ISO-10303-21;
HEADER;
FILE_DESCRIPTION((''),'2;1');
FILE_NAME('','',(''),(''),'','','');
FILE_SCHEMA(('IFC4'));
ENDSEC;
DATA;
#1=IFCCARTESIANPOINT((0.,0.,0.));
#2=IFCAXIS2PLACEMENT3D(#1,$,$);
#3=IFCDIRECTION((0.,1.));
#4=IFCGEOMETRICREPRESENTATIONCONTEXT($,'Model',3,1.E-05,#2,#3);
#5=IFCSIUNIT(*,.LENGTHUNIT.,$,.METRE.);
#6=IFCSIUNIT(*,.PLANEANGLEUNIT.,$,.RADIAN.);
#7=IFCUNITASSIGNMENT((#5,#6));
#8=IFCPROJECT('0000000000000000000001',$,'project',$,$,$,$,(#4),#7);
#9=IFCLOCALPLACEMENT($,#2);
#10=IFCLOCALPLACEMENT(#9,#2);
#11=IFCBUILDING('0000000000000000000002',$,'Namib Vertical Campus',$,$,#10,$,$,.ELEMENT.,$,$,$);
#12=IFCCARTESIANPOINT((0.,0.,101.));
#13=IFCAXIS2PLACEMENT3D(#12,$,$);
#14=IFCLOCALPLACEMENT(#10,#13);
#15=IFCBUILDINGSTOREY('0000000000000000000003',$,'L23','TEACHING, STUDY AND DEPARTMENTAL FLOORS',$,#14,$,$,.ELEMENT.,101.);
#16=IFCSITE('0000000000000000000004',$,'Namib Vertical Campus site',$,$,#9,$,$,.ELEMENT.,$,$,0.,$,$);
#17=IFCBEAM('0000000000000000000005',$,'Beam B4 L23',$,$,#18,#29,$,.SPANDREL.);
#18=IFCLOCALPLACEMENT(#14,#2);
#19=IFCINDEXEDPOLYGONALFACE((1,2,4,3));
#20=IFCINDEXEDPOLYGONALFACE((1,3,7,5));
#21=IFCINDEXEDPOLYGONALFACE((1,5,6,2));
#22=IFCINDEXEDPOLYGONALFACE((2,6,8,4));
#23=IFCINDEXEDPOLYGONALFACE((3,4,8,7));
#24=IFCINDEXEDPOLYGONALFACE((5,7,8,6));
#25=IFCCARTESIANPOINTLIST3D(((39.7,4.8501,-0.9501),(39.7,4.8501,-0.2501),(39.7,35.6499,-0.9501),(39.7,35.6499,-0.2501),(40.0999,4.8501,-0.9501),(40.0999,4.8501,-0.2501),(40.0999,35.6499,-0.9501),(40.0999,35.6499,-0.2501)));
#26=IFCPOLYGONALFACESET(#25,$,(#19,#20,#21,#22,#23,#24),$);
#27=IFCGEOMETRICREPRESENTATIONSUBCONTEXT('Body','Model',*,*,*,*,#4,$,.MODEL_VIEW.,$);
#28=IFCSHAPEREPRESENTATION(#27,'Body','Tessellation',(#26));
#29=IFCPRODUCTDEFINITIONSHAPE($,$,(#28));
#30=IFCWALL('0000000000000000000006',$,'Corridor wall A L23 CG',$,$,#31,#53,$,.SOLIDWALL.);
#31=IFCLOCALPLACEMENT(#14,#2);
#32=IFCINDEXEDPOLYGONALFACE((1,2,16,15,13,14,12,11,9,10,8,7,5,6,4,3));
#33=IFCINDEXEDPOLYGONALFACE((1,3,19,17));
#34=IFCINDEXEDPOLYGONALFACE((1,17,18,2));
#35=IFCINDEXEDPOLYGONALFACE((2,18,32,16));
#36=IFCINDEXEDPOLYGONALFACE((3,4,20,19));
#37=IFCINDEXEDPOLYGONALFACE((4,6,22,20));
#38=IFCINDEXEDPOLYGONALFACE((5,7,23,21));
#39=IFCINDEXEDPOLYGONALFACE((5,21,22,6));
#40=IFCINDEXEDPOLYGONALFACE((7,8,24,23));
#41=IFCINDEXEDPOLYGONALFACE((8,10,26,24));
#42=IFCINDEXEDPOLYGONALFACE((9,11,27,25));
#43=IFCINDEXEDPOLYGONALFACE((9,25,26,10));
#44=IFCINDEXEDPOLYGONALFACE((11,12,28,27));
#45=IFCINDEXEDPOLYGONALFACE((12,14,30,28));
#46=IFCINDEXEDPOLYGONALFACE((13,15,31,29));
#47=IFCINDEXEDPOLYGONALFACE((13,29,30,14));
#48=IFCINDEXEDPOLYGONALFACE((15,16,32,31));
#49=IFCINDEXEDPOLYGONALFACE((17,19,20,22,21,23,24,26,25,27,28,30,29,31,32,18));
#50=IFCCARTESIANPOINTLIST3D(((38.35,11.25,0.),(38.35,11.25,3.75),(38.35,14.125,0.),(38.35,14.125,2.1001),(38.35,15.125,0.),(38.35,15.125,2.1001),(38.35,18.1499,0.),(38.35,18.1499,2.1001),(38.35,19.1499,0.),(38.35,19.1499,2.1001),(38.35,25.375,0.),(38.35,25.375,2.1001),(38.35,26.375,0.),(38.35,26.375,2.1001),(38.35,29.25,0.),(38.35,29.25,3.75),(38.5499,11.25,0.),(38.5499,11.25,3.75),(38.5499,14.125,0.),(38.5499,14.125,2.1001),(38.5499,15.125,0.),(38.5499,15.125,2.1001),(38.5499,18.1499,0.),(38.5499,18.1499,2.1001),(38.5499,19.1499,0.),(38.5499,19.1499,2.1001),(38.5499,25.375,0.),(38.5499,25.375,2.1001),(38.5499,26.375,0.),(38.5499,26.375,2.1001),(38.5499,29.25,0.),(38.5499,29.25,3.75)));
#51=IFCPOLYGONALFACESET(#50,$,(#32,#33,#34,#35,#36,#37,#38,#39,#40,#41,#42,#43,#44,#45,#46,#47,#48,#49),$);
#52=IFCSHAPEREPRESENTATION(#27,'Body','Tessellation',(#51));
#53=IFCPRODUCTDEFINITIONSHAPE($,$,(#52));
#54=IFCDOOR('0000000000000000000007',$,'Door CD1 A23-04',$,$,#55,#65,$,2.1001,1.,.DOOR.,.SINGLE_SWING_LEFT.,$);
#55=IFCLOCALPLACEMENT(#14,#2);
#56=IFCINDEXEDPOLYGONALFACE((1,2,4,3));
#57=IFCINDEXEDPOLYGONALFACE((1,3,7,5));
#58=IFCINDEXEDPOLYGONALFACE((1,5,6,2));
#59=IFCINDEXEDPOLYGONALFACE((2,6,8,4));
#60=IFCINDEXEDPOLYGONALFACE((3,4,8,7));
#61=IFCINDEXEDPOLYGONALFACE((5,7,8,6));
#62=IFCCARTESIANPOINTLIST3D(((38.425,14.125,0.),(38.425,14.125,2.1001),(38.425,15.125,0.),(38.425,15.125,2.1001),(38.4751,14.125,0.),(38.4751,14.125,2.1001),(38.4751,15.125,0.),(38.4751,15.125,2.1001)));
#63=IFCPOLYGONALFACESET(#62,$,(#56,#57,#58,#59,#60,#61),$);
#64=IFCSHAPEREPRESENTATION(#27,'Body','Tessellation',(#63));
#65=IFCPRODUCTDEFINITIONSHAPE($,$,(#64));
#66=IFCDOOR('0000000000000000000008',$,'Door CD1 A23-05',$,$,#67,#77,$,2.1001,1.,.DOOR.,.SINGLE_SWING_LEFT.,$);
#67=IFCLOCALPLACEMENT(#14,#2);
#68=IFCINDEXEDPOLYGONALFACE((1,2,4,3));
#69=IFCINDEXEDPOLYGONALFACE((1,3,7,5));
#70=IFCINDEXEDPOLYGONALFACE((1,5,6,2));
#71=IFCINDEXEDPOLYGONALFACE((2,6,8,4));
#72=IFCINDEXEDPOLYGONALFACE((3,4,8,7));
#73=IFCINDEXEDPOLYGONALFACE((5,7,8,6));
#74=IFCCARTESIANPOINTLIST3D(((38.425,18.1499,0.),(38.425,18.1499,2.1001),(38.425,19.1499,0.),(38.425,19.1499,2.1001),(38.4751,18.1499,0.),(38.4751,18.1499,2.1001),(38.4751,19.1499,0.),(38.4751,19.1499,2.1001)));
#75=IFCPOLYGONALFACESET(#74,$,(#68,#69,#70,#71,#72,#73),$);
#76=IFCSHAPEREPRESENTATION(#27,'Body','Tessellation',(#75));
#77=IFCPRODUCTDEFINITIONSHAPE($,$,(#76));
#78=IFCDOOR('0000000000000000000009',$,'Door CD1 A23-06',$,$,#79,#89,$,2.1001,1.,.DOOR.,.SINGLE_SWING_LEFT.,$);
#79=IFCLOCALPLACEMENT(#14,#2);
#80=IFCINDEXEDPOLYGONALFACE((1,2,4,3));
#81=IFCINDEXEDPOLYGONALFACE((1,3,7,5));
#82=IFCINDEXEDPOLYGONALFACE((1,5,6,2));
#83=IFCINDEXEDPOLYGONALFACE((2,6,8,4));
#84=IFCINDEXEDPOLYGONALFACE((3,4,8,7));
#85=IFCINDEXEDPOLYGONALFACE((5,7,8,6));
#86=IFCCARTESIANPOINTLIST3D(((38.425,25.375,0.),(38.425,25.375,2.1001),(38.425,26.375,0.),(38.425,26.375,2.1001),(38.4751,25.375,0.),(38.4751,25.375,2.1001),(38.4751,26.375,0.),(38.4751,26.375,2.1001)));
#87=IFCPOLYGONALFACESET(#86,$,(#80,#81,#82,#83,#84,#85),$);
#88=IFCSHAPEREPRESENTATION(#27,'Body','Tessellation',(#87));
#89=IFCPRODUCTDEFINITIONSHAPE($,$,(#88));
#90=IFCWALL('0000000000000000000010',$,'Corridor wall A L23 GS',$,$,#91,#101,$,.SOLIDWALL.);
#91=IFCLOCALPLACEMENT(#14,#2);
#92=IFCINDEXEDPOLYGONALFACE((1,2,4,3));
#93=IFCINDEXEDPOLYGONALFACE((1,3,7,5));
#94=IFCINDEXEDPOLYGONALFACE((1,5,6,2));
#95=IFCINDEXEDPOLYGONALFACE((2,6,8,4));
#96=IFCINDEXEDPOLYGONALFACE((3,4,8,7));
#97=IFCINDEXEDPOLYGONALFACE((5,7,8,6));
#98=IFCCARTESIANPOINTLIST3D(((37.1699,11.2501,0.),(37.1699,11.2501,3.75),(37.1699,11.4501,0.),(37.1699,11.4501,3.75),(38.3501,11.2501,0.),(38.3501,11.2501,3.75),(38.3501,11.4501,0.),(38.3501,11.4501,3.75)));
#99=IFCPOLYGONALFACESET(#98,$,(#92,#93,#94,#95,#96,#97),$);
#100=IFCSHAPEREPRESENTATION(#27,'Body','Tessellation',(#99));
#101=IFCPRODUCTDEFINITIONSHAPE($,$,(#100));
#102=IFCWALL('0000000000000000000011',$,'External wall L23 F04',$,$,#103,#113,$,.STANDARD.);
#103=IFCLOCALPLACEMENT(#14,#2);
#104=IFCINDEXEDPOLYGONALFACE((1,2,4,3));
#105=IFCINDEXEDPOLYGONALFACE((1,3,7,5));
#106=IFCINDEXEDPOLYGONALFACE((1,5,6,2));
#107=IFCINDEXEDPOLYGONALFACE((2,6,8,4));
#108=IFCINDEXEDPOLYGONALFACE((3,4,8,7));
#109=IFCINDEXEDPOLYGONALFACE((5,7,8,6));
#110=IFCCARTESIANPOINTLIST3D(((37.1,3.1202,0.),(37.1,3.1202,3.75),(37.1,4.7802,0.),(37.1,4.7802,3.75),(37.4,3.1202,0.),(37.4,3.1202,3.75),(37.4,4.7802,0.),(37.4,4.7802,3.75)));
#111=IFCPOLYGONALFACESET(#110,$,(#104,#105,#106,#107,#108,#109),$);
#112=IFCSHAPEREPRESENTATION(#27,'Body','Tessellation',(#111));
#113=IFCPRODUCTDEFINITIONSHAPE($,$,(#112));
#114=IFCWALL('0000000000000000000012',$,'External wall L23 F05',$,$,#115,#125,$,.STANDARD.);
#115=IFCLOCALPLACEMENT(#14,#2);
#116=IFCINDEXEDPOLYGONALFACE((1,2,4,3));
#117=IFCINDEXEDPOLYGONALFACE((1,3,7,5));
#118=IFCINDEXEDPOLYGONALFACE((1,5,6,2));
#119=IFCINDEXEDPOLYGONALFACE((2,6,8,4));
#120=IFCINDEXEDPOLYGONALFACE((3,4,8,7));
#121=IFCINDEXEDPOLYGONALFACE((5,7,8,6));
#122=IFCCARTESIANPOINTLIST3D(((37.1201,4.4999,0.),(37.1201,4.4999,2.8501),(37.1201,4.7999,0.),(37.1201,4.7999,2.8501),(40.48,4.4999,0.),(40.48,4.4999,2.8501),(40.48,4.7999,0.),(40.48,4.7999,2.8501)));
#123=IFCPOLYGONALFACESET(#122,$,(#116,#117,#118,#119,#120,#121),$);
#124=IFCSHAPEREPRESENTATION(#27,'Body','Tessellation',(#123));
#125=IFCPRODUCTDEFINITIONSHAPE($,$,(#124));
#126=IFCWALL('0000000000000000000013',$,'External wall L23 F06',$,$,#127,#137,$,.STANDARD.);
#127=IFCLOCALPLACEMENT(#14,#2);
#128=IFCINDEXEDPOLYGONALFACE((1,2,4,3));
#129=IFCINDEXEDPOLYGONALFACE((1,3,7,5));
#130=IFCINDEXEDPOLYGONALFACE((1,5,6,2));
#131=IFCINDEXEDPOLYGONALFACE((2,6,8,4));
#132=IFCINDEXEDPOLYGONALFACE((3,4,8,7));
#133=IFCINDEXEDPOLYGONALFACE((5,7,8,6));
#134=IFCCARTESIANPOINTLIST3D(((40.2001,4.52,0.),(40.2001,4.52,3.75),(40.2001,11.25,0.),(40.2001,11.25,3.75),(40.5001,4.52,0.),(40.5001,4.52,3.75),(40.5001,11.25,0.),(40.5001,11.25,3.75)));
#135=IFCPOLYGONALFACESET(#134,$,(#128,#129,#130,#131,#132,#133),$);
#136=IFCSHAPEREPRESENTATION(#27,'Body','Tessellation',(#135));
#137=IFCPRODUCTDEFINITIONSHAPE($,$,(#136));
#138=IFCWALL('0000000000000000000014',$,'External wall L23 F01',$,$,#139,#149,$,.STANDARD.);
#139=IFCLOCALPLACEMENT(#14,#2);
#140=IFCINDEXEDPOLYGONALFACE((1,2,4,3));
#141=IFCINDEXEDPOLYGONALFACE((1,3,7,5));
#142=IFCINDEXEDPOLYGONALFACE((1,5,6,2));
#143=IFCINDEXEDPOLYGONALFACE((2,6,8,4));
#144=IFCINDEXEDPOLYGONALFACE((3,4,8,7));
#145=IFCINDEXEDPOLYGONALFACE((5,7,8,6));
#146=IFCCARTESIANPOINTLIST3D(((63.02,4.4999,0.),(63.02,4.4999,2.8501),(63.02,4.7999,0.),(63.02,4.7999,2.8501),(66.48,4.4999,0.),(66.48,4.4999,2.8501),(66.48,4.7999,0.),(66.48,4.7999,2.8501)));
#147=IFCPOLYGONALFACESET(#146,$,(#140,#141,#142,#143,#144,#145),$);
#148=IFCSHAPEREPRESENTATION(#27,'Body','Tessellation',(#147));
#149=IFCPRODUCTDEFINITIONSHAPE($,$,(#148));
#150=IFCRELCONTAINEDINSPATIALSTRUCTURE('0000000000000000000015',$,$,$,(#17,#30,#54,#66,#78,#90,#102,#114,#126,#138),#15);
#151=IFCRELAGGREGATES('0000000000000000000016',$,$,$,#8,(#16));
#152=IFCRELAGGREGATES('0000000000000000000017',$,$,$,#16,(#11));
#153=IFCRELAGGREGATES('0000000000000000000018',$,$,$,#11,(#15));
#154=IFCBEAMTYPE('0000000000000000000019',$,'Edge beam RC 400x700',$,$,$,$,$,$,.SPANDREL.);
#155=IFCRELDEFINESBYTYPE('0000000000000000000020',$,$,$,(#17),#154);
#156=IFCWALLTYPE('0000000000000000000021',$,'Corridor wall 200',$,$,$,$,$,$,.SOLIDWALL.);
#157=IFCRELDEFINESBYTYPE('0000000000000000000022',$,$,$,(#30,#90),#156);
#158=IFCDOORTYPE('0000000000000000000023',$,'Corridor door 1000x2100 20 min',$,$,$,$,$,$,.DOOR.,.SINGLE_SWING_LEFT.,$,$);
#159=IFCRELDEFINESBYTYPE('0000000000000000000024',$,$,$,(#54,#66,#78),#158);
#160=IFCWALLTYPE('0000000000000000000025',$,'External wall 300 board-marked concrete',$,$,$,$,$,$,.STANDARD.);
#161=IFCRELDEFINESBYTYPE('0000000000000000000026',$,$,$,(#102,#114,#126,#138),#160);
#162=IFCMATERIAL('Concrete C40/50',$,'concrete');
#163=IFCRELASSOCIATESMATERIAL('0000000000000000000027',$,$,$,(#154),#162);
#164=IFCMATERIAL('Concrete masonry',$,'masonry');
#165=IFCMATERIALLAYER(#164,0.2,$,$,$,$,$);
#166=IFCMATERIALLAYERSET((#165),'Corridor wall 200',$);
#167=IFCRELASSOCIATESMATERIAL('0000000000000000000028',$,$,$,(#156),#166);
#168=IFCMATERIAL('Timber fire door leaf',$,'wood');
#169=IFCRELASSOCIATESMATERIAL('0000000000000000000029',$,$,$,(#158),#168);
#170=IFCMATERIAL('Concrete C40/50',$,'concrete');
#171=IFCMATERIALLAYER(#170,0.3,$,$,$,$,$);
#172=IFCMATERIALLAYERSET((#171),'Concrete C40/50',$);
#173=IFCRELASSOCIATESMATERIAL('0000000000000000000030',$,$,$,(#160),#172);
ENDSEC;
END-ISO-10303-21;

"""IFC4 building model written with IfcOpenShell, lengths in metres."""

from ifc_helpers import new_model, si_unit, direction, frame, frame_2d, origin, origin_2d, place, context, subcontext, project, spatial, rectangle, extrude, material, layer, layer_set, material_profile, profile_set, type_object, element, fill, save


model = new_model("IFC4")

# Units and contexts
model_context = context("Model", 3, precision=1e-05, world=origin(), true_north=direction((0.0, 1.0)))
body_context = subcontext(model_context, "Body", "Model", "MODEL_VIEW")
ifc_project = project(units=[si_unit("LENGTHUNIT", "METRE"), si_unit("PLANEANGLEUNIT", "RADIAN")], contexts=[model_context])

# Site, building, storey
site_placement = place(None, origin())
site = spatial("IfcSite", under=ifc_project, at=site_placement, Name="Namib Vertical Campus site", CompositionType="ELEMENT", RefElevation=0.0)
building_placement = place(site_placement, origin())
building = spatial("IfcBuilding", under=site, at=building_placement, Name="Namib Vertical Campus", CompositionType="ELEMENT")
storey_placement = place(building_placement, frame((0.0, 0.0, 101.0)))
storey = spatial("IfcBuildingStorey", under=building, at=storey_placement, Name="L23", Description="TEACHING, STUDY AND DEPARTMENTAL FLOORS", CompositionType="ELEMENT", Elevation=101.0)

# Beam
ifc_material_1 = material(Name="Concrete C40/50", Category="concrete")
ifc_material_profile = material_profile(ifc_material_1, rectangle(XDim=0.3999, YDim=0.7, at=origin_2d()))
ifc_profile_set = profile_set([ifc_material_profile], Name="Concrete C40/50")
beam_type = type_object("IfcBeamType", Name="Edge beam RC 400x700", PredefinedType="SPANDREL", material=ifc_profile_set)
beam_placement = place(storey_placement, frame((39.8999, 4.8501, -0.6001), z_axis=(0.0, 1.0, 0.0), x_axis=(-1.0, 0.0, 0.0)))
element("IfcBeam", 1, at=beam_placement, inside=storey, type_object=beam_type, Name="Beam B4 L23", PredefinedType="SPANDREL", context=body_context, shape_type="SweptSolid", body=[
    extrude(rectangle(XDim=0.3999, YDim=0.7, at=origin_2d()), origin(), (0.0, 0.0, 1.0), 30.7998),
])

# Wall, openings, doors
ifc_material_2 = material(Name="Concrete masonry", Category="masonry")
ifc_layer_1 = layer(ifc_material_2, 0.2)
ifc_layer_set_1 = layer_set([ifc_layer_1], Name="Corridor wall 200")
wall_type_1 = type_object("IfcWallType", Name="Corridor wall 200", PredefinedType="SOLIDWALL", material=ifc_layer_set_1)
wall_1_placement = place(storey_placement, frame((38.45, 11.25, 0.0), z_axis=(0.0, 0.0, 1.0), x_axis=(0.0, 1.0, 0.0)))
wall_1 = element("IfcWall", 2, at=wall_1_placement, inside=storey, type_object=wall_type_1, Name="Corridor wall A L23 CG", PredefinedType="SOLIDWALL", context=body_context, shape_type="SweptSolid", body=[
    extrude(rectangle(XDim=18.0, YDim=0.2, at=frame_2d((9.0, 0.0))), origin(), (0.0, 0.0, 1.0), 3.75),
])
opening_1_placement = place(wall_1_placement, frame((2.875, 0.0, 0.0)))
opening_1 = element("IfcOpeningElement", 3, at=opening_1_placement, cuts=wall_1, PredefinedType="OPENING", context=body_context, shape_type="SweptSolid", body=[
    extrude(rectangle(XDim=1.0, YDim=2.1001, at=frame_2d((0.5, 1.05))), frame((0.0, 0.1099, 0.0), z_axis=(0.0, -1.0, 0.0), x_axis=(1.0, 0.0, 0.0)), (0.0, 0.0, 1.0), 0.22),
])
opening_2_placement = place(wall_1_placement, frame((6.8999, 0.0, 0.0)))
opening_2 = element("IfcOpeningElement", 4, at=opening_2_placement, cuts=wall_1, PredefinedType="OPENING", context=body_context, shape_type="SweptSolid", body=[
    extrude(rectangle(XDim=1.0, YDim=2.1001, at=frame_2d((0.5, 1.05))), frame((0.0, 0.1099, 0.0), z_axis=(0.0, -1.0, 0.0), x_axis=(1.0, 0.0, 0.0)), (0.0, 0.0, 1.0), 0.22),
])
opening_3_placement = place(wall_1_placement, frame((14.125, 0.0, 0.0)))
opening_3 = element("IfcOpeningElement", 5, at=opening_3_placement, cuts=wall_1, PredefinedType="OPENING", context=body_context, shape_type="SweptSolid", body=[
    extrude(rectangle(XDim=1.0, YDim=2.1001, at=frame_2d((0.5, 1.05))), frame((0.0, 0.1099, 0.0), z_axis=(0.0, -1.0, 0.0), x_axis=(1.0, 0.0, 0.0)), (0.0, 0.0, 1.0), 0.22),
])
ifc_material_3 = material(Name="Timber fire door leaf", Category="wood")
door_type = type_object("IfcDoorType", Name="Corridor door 1000x2100 20 min", OperationType="SINGLE_SWING_LEFT", PredefinedType="DOOR", material=ifc_material_3)
door_1_placement = place(opening_1_placement, origin())
door_1 = element("IfcDoor", 6, at=door_1_placement, inside=storey, type_object=door_type, Name="Door CD1 A23-04", OperationType="SINGLE_SWING_LEFT", OverallHeight=2.1001, OverallWidth=1.0, PredefinedType="DOOR", context=body_context, shape_type="SweptSolid", body=[
    extrude(rectangle(XDim=1.0, YDim=2.1001, at=frame_2d((0.5, 1.05))), frame((0.0, 0.0249, 0.0), z_axis=(0.0, -1.0, 0.0), x_axis=(1.0, 0.0, 0.0)), (0.0, 0.0, 1.0), 0.05),
])
fill(opening_1, door_1)
door_2_placement = place(opening_2_placement, origin())
door_2 = element("IfcDoor", 7, at=door_2_placement, inside=storey, type_object=door_type, Name="Door CD1 A23-05", OperationType="SINGLE_SWING_LEFT", OverallHeight=2.1001, OverallWidth=1.0, PredefinedType="DOOR", context=body_context, shape_type="SweptSolid", body=[
    extrude(rectangle(XDim=1.0, YDim=2.1001, at=frame_2d((0.5, 1.05))), frame((0.0, 0.0249, 0.0), z_axis=(0.0, -1.0, 0.0), x_axis=(1.0, 0.0, 0.0)), (0.0, 0.0, 1.0), 0.05),
])
fill(opening_2, door_2)
door_3_placement = place(opening_3_placement, origin())
door_3 = element("IfcDoor", 8, at=door_3_placement, inside=storey, type_object=door_type, Name="Door CD1 A23-06", OperationType="SINGLE_SWING_LEFT", OverallHeight=2.1001, OverallWidth=1.0, PredefinedType="DOOR", context=body_context, shape_type="SweptSolid", body=[
    extrude(rectangle(XDim=1.0, YDim=2.1001, at=frame_2d((0.5, 1.05))), frame((0.0, 0.0249, 0.0), z_axis=(0.0, -1.0, 0.0), x_axis=(1.0, 0.0, 0.0)), (0.0, 0.0, 1.0), 0.05),
])
fill(opening_3, door_3)

# Walls
wall_2_placement = place(storey_placement, frame((37.1699, 11.3501, 0.0), z_axis=(0.0, 0.0, 1.0), x_axis=(1.0, 0.0, 0.0)))
element("IfcWall", 9, at=wall_2_placement, inside=storey, type_object=wall_type_1, Name="Corridor wall A L23 GS", PredefinedType="SOLIDWALL", context=body_context, shape_type="SweptSolid", body=[
    extrude(rectangle(XDim=1.1802, YDim=0.2, at=frame_2d((0.5901, 0.0))), origin(), (0.0, 0.0, 1.0), 3.75),
])
ifc_material_4 = material(Name="Concrete C40/50", Category="concrete")
ifc_layer_2 = layer(ifc_material_4, 0.3)
ifc_layer_set_2 = layer_set([ifc_layer_2], Name="Concrete C40/50")
wall_type_2 = type_object("IfcWallType", Name="External wall 300 board-marked concrete", PredefinedType="STANDARD", material=ifc_layer_set_2)
wall_3_placement = place(storey_placement, frame((37.25, 3.1201, 0.0), z_axis=(0.0, 0.0, 1.0), x_axis=(0.0, 1.0, 0.0)))
element("IfcWall", 10, at=wall_3_placement, inside=storey, type_object=wall_type_2, Name="External wall L23 F04", PredefinedType="STANDARD", context=body_context, shape_type="SweptSolid", body=[
    extrude(rectangle(XDim=1.6599, YDim=0.3, at=frame_2d((0.8301, 0.0))), origin(), (0.0, 0.0, 1.0), 3.75),
])
wall_4_placement = place(storey_placement, frame((37.1201, 4.6499, 0.0), z_axis=(0.0, 0.0, 1.0), x_axis=(1.0, 0.0, 0.0)))
element("IfcWall", 11, at=wall_4_placement, inside=storey, type_object=wall_type_2, Name="External wall L23 F05", PredefinedType="STANDARD", context=body_context, shape_type="SweptSolid", body=[
    extrude(rectangle(XDim=3.3599, YDim=0.3, at=frame_2d((1.6799, 0.0))), origin(), (0.0, 0.0, 1.0), 2.8501),
])
wall_5_placement = place(storey_placement, frame((40.3501, 4.52, 0.0), z_axis=(0.0, 0.0, 1.0), x_axis=(0.0, 1.0, 0.0)))
element("IfcWall", 12, at=wall_5_placement, inside=storey, type_object=wall_type_2, Name="External wall L23 F06", PredefinedType="STANDARD", context=body_context, shape_type="SweptSolid", body=[
    extrude(rectangle(XDim=6.73, YDim=0.3, at=frame_2d((3.365, 0.0))), origin(), (0.0, 0.0, 1.0), 3.75),
])
wall_6_placement = place(storey_placement, frame((63.02, 4.6499, 0.0), z_axis=(0.0, 0.0, 1.0), x_axis=(1.0, 0.0, 0.0)))
element("IfcWall", 13, at=wall_6_placement, inside=storey, type_object=wall_type_2, Name="External wall L23 F01", PredefinedType="STANDARD", context=body_context, shape_type="SweptSolid", body=[
    extrude(rectangle(XDim=3.46, YDim=0.3, at=frame_2d((1.73, 0.0))), origin(), (0.0, 0.0, 1.0), 2.8501),
])

save(model, "model.ifc")
